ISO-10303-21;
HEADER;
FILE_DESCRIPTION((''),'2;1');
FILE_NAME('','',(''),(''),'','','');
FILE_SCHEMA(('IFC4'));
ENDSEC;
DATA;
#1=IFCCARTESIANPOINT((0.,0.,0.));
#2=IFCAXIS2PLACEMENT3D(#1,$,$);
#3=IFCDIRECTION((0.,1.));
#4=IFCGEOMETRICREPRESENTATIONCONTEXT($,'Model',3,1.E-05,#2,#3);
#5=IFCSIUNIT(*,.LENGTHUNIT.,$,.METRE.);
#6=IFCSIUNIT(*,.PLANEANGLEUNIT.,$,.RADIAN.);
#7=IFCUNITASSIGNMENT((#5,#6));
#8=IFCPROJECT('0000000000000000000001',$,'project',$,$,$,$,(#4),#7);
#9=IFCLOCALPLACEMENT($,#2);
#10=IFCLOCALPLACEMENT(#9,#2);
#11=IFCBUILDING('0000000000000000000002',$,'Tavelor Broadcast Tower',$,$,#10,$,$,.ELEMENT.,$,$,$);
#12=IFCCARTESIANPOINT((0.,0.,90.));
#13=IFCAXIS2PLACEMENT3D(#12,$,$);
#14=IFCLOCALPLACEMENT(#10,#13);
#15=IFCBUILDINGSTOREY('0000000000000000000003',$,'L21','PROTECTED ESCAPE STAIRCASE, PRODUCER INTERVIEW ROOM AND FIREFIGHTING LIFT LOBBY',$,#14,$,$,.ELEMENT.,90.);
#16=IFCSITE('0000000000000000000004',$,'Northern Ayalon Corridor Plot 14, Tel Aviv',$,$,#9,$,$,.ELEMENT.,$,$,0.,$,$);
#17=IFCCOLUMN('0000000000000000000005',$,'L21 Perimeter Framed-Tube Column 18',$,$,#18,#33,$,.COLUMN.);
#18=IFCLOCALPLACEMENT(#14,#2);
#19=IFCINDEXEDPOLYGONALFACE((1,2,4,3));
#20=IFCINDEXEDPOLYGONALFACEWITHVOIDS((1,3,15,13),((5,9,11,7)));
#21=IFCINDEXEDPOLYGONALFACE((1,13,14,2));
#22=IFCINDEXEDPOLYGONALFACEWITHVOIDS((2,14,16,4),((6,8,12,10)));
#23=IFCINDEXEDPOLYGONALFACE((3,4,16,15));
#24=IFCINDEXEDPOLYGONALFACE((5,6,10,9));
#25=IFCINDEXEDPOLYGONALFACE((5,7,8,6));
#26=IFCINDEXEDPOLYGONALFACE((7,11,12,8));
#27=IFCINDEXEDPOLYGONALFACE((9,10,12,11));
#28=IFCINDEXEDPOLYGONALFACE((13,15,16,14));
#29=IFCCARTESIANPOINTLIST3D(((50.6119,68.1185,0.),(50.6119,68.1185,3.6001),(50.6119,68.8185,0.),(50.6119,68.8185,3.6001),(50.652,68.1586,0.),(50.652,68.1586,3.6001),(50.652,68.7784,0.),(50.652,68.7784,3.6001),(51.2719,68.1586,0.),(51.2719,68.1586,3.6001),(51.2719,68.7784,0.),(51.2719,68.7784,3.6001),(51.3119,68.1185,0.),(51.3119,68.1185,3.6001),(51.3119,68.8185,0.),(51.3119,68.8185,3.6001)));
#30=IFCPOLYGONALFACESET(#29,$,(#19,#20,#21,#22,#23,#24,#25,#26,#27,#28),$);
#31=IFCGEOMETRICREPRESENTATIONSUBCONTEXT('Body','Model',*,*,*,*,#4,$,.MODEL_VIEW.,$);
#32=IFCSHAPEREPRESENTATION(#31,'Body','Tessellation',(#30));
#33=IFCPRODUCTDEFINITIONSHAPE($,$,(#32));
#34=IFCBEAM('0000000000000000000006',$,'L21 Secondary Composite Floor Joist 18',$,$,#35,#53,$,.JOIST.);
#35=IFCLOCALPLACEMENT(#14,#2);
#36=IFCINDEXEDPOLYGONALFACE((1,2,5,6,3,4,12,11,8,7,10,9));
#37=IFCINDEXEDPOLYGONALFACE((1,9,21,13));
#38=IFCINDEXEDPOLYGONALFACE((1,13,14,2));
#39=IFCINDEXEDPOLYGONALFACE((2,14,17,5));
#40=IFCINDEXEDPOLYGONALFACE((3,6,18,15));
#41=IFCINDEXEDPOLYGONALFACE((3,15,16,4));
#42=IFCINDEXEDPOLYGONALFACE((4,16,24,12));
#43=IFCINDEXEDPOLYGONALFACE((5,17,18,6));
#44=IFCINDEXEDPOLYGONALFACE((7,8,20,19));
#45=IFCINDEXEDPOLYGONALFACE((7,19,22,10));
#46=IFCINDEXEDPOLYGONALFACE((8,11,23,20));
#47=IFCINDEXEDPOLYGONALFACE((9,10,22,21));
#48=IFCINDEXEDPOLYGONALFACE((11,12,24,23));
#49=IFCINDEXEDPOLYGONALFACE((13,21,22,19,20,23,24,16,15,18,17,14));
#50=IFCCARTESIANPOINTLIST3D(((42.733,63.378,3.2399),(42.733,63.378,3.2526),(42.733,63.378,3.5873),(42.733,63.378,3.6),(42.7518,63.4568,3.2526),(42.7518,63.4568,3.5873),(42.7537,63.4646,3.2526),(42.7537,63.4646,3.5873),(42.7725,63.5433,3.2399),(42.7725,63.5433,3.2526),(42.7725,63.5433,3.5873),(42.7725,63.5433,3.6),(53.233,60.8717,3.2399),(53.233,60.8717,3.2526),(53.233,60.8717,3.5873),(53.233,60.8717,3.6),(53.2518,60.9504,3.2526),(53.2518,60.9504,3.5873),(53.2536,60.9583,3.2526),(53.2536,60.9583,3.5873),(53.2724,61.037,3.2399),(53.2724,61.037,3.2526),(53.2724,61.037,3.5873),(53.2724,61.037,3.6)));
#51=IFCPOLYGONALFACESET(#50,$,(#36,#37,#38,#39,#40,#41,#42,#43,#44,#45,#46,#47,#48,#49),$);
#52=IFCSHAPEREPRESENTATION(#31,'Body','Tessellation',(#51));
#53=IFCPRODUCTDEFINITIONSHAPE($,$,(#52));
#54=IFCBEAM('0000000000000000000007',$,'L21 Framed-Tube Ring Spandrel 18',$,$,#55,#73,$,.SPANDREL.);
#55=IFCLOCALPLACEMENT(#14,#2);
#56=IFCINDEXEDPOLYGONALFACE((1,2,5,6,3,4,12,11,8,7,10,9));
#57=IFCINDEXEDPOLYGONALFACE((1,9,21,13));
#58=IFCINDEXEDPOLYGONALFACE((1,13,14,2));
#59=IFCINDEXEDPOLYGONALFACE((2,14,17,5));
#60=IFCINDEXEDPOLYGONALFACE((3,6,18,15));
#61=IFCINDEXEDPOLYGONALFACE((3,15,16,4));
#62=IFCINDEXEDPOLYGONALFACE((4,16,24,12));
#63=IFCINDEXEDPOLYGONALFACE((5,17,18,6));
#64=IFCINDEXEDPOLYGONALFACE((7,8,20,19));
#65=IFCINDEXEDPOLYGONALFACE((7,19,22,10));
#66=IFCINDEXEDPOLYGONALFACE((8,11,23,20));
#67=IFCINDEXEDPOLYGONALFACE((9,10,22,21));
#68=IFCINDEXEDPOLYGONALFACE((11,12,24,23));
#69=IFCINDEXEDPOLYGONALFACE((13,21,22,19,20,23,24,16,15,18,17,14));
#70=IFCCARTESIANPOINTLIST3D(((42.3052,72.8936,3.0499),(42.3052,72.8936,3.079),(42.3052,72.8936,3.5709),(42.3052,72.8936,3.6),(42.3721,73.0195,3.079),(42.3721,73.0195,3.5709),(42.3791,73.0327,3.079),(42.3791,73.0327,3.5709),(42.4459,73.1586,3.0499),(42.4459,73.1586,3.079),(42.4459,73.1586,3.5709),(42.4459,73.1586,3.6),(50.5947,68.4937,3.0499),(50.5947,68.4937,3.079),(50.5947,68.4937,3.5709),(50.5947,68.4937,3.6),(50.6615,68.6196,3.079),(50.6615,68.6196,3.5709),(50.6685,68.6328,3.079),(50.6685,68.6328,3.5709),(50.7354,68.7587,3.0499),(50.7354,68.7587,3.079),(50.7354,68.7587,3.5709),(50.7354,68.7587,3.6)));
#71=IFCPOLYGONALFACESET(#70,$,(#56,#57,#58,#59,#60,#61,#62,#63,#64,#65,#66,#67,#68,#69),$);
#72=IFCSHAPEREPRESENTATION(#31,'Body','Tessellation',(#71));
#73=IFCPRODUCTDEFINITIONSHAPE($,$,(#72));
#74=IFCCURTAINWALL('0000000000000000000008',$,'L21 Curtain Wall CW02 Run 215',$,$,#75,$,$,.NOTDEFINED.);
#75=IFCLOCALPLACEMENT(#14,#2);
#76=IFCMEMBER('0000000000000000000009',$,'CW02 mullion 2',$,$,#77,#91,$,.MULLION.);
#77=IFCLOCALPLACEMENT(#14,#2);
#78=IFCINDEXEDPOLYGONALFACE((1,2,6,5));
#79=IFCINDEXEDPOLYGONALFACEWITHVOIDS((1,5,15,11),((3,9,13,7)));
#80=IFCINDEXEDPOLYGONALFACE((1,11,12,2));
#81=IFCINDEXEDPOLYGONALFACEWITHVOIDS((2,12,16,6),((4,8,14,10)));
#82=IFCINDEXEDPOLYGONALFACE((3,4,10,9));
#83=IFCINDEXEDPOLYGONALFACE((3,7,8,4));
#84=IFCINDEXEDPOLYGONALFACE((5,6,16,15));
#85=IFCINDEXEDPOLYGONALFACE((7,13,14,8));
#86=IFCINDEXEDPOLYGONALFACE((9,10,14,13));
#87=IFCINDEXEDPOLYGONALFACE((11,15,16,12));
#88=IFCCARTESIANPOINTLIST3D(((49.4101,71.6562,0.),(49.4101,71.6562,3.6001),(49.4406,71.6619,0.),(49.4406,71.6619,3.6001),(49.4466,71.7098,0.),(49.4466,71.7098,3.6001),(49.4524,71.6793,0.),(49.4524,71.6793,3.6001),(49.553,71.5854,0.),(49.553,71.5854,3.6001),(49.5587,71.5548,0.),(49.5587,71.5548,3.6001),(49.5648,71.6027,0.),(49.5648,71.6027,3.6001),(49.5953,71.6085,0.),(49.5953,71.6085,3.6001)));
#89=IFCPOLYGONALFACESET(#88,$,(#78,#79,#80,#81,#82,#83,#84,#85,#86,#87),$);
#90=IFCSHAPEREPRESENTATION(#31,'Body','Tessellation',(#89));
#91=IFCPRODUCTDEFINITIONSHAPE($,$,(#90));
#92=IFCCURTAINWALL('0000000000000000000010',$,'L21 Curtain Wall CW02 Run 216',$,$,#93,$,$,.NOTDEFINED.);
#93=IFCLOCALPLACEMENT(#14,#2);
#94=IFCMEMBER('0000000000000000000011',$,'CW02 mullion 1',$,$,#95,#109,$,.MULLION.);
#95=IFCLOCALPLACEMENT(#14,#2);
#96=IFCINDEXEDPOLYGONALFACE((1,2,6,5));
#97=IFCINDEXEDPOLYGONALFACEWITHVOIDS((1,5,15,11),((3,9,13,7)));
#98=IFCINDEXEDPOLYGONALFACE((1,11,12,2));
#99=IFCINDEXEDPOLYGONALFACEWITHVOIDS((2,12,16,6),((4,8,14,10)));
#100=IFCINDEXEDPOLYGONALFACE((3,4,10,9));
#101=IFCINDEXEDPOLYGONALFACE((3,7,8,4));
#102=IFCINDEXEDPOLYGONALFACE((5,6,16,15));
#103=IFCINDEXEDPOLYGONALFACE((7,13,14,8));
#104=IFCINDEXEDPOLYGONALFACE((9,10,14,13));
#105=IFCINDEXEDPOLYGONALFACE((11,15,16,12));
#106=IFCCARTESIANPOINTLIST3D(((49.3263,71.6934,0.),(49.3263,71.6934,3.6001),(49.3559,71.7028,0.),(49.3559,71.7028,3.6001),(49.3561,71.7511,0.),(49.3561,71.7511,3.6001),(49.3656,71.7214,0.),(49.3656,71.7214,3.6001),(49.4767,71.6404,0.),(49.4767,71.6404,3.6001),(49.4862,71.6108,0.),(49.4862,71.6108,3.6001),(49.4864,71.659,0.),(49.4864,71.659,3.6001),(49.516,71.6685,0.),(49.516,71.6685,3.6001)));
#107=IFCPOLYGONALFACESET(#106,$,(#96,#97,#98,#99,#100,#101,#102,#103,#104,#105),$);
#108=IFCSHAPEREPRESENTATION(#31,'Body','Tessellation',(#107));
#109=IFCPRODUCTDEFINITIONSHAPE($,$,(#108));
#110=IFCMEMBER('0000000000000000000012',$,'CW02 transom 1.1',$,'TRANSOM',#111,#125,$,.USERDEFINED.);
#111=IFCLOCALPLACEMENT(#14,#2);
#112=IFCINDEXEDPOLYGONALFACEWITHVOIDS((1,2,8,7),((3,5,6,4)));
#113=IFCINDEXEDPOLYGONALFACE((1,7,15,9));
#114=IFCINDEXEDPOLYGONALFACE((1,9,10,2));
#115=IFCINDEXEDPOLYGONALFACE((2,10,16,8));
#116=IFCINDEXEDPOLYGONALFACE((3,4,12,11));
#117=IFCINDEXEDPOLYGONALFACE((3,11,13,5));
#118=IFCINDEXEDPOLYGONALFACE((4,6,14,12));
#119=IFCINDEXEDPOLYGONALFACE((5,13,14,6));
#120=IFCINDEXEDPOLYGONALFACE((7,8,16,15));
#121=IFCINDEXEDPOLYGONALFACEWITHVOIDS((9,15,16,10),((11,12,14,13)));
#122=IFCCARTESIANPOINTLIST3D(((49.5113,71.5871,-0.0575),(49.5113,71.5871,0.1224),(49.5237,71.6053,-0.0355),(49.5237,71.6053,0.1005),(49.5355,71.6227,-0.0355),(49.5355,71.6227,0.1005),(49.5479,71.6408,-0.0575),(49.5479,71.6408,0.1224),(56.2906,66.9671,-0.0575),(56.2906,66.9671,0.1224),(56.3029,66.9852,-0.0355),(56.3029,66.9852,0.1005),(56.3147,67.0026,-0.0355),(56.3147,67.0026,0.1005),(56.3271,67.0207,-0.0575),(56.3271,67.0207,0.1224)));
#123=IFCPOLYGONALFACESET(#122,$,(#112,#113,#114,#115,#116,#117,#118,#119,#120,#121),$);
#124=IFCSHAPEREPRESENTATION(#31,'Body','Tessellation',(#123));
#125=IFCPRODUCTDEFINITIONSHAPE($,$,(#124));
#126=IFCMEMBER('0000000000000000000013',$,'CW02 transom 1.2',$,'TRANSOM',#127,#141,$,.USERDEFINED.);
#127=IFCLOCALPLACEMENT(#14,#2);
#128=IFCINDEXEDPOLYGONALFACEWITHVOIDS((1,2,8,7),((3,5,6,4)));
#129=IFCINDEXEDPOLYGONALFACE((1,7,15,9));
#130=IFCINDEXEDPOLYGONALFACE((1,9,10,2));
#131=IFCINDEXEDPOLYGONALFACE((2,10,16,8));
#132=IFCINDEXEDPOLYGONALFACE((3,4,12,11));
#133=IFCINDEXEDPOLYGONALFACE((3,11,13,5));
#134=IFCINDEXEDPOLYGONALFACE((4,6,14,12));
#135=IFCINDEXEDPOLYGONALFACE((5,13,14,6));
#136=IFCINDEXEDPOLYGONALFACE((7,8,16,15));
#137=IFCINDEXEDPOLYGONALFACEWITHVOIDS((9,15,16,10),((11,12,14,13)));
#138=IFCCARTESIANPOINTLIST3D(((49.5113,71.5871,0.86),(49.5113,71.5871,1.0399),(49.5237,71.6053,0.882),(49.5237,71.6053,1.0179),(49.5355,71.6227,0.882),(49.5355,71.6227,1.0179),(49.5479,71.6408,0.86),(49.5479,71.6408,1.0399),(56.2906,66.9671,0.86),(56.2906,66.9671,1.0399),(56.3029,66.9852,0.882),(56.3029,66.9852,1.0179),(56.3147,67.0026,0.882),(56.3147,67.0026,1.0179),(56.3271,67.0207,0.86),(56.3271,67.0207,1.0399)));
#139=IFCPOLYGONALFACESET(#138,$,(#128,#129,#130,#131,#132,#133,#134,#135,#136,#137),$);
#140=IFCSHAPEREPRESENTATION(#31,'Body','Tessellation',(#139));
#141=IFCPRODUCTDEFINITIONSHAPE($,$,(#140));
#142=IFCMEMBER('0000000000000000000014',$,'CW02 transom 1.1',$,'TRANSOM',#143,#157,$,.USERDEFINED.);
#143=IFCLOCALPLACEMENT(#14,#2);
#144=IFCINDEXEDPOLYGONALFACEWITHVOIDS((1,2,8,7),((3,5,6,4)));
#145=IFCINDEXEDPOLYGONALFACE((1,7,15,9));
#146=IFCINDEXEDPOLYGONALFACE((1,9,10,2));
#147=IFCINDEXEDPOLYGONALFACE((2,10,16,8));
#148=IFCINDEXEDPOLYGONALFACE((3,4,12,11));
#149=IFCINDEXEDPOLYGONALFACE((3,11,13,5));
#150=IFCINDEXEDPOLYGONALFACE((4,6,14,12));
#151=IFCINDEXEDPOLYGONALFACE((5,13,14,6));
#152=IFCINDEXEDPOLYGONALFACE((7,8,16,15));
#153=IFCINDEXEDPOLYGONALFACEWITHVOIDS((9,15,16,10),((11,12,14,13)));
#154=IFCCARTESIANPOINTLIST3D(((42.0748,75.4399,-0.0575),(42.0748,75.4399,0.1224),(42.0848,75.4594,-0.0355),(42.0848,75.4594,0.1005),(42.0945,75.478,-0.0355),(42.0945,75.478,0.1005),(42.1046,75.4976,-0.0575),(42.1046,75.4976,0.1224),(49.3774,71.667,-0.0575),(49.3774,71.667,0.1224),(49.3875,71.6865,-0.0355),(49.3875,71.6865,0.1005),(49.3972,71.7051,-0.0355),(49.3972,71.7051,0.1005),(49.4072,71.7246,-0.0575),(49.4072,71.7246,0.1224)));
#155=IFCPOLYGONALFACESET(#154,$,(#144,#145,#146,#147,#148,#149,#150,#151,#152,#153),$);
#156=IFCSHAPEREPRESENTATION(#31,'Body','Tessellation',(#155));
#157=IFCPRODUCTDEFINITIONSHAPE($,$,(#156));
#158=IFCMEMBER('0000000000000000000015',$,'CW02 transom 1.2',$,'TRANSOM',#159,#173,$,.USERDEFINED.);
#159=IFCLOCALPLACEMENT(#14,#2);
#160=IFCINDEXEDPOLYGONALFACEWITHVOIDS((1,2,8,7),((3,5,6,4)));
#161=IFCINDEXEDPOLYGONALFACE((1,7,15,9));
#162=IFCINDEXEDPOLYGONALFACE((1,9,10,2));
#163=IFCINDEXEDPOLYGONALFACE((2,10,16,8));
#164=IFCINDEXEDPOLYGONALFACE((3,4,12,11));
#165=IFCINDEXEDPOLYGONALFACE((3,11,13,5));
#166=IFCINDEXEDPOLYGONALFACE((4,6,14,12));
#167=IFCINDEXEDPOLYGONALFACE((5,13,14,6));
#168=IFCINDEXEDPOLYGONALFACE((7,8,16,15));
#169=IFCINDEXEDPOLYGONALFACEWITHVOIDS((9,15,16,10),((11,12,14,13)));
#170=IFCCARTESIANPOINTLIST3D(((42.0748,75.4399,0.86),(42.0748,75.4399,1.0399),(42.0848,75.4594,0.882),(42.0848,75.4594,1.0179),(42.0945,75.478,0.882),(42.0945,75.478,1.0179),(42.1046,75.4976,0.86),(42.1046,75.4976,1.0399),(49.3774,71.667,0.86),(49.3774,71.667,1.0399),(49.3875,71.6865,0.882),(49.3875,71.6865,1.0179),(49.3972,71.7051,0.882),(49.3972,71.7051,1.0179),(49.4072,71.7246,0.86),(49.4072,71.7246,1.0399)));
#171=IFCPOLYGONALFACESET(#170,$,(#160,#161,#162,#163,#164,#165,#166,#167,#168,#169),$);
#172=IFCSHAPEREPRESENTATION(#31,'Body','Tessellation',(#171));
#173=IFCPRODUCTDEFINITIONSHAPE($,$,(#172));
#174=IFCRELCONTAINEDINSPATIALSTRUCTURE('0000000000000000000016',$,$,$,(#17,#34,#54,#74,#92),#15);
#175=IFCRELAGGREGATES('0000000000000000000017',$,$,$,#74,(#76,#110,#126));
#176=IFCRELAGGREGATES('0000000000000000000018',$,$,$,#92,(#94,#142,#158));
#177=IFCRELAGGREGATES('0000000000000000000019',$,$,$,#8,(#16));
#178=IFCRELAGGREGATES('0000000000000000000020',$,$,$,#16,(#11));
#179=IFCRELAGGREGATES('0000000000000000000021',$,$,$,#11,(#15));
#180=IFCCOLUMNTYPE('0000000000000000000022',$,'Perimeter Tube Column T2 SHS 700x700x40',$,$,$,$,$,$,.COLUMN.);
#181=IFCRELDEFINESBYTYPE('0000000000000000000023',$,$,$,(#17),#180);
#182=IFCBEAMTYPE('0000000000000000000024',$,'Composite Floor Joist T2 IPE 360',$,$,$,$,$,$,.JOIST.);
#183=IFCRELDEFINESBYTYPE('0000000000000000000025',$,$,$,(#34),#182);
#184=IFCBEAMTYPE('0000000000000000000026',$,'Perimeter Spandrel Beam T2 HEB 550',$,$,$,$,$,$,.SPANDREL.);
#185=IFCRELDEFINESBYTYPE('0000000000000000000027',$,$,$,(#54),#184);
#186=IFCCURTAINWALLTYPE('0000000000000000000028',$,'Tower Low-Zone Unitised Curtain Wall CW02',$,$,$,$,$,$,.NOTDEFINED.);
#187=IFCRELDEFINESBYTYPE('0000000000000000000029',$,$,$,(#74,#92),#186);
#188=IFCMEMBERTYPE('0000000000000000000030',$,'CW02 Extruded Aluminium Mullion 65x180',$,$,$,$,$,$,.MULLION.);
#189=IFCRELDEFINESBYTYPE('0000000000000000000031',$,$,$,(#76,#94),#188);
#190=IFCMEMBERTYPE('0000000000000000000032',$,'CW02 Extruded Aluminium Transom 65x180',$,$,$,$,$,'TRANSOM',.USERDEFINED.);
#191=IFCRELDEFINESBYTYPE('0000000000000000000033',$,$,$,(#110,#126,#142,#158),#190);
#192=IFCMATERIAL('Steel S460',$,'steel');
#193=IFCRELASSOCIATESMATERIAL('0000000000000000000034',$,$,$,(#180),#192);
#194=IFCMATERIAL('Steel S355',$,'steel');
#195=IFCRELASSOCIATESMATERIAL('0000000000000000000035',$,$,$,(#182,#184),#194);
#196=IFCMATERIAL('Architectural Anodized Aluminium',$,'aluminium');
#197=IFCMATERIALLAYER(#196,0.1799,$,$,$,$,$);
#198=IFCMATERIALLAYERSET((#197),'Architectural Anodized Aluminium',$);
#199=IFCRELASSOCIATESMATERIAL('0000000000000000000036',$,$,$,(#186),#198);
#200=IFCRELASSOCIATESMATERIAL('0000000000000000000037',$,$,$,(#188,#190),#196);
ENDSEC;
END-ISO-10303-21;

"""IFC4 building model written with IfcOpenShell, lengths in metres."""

from ifc_helpers import new_model, si_unit, direction, frame, origin, origin_2d, place, context, subcontext, project, spatial, hollow_rectangle, i_section, extrude, source, transform, mapped, material, layer, layer_set, material_profile, profile_set, type_object, type_shapes, element, aggregate, save


model = new_model("IFC4")

# Units and contexts
model_context = context("Model", 3, precision=1e-05, world=origin(), true_north=direction((0.0, 1.0)))
body_context = subcontext(model_context, "Body", "Model", "MODEL_VIEW")
ifc_project = project(units=[si_unit("LENGTHUNIT", "METRE"), si_unit("PLANEANGLEUNIT", "RADIAN")], contexts=[model_context])

# Site, building, storey
site_placement = place(None, origin())
site = spatial("IfcSite", under=ifc_project, at=site_placement, Name="Northern Ayalon Corridor Plot 14, Tel Aviv", CompositionType="ELEMENT", RefElevation=0.0)
building_placement = place(site_placement, origin())
building = spatial("IfcBuilding", under=site, at=building_placement, Name="Tavelor Broadcast Tower", CompositionType="ELEMENT")
storey_placement = place(building_placement, frame((0.0, 0.0, 90.0)))
storey = spatial("IfcBuildingStorey", under=building, at=storey_placement, Name="L21", Description="PROTECTED ESCAPE STAIRCASE, PRODUCER INTERVIEW ROOM AND FIREFIGHTING LIFT LOBBY", CompositionType="ELEMENT", Elevation=90.0)

# Column
ifc_material_1 = material(Name="Steel S460", Category="steel")
ifc_material_profile_1 = material_profile(ifc_material_1, hollow_rectangle(XDim=0.7, YDim=0.7, WallThickness=0.04, at=origin_2d()), Name="SHS 700x700x40")
ifc_profile_set_1 = profile_set([ifc_material_profile_1], Name="Steel S460")
column_type = type_object("IfcColumnType", Name="Perimeter Tube Column T2 SHS 700x700x40", PredefinedType="COLUMN", material=ifc_profile_set_1)
column_placement = place(storey_placement, frame((50.9619, 68.4685, 0.0), z_axis=(0.0, 0.0, 1.0), x_axis=(1.0, 0.0, 0.0)))
element("IfcColumn", 1, at=column_placement, inside=storey, type_object=column_type, Name="L21 Perimeter Framed-Tube Column 18", PredefinedType="COLUMN", context=body_context, shape_type="SweptSolid", body=[
    extrude(hollow_rectangle(XDim=0.7, YDim=0.7, WallThickness=0.04, at=origin_2d()), origin(), (0.0, 0.0, 1.0), 3.6001),
])

# Beams
ifc_material_2 = material(Name="Steel S355", Category="steel")
ifc_material_profile_2 = material_profile(ifc_material_2, i_section(OverallWidth=0.1699, OverallDepth=0.3601, WebThickness=0.0081, FlangeThickness=0.0127, at=origin_2d()), Name="IPE 360")
ifc_profile_set_2 = profile_set([ifc_material_profile_2], Name="Steel S355")
beam_type_1 = type_object("IfcBeamType", Name="Composite Floor Joist T2 IPE 360", PredefinedType="JOIST", material=ifc_profile_set_2)
beam_1_placement = place(storey_placement, frame((53.2527, 60.9543, 3.4199), z_axis=(-0.972674, 0.232177, 0.0), x_axis=(-0.232177, -0.972674, 0.0)))
element("IfcBeam", 2, at=beam_1_placement, inside=storey, type_object=beam_type_1, Name="L21 Secondary Composite Floor Joist 18", PredefinedType="JOIST", context=body_context, shape_type="SweptSolid", body=[
    extrude(i_section(OverallWidth=0.1699, OverallDepth=0.3601, WebThickness=0.0081, FlangeThickness=0.0127, at=origin_2d()), origin(), (0.0, 0.0, 1.0), 10.7949),
])
ifc_material_profile_3 = material_profile(ifc_material_2, i_section(OverallWidth=0.3, OverallDepth=0.55, WebThickness=0.0149, FlangeThickness=0.0291, at=origin_2d()), Name="HEB 550")
ifc_profile_set_3 = profile_set([ifc_material_profile_3], Name="Steel S355")
beam_type_2 = type_object("IfcBeamType", Name="Perimeter Spandrel Beam T2 HEB 550", PredefinedType="SPANDREL", material=ifc_profile_set_3)
beam_2_placement = place(storey_placement, frame((50.665, 68.6262, 3.325), z_axis=(-0.883289, 0.468829, 0.0), x_axis=(-0.468829, -0.883289, 0.0)))
element("IfcBeam", 3, at=beam_2_placement, inside=storey, type_object=beam_type_2, Name="L21 Framed-Tube Ring Spandrel 18", PredefinedType="SPANDREL", context=body_context, shape_type="SweptSolid", body=[
    extrude(i_section(OverallWidth=0.3, OverallDepth=0.55, WebThickness=0.0149, FlangeThickness=0.0291, at=origin_2d()), origin(), (0.0, 0.0, 1.0), 9.3848),
])

# Curtain walls, members
ifc_material_3 = material(Name="Architectural Anodized Aluminium", Category="aluminium")
ifc_layer_1 = layer(ifc_material_3, 0.1799)
ifc_layer_set_1 = layer_set([ifc_layer_1], Name="Architectural Anodized Aluminium")
curtain_wall_type = type_object("IfcCurtainWallType", Name="Tower Low-Zone Unitised Curtain Wall CW02", PredefinedType="NOTDEFINED", material=ifc_layer_set_1)
curtain_wall_1_placement = place(storey_placement, origin())
curtain_wall_1 = element("IfcCurtainWall", 4, at=curtain_wall_1_placement, inside=storey, type_object=curtain_wall_type, Name="L21 Curtain Wall CW02 Run 215", PredefinedType="NOTDEFINED")
ifc_material_profile_4 = material_profile(ifc_material_3, hollow_rectangle(XDim=0.0649, YDim=0.1799, WallThickness=0.022, at=origin_2d()), Name="RHS 65x180x22")
ifc_profile_set_4 = profile_set([ifc_material_profile_4], Name="Architectural Anodized Aluminium")
member_type_1 = type_object("IfcMemberType", Name="CW02 Extruded Aluminium Mullion 65x180", PredefinedType="MULLION", material=ifc_profile_set_4)
shared_shape_1 = source(origin(), body_context, "Body", "SweptSolid", [
    extrude(hollow_rectangle(XDim=0.0649, YDim=0.1799, WallThickness=0.022, at=origin_2d()), origin(), (0.0, 0.0, 1.0), 3.6001),
])
type_shapes(member_type_1, [shared_shape_1])
member_1_placement = place(storey_placement, frame((49.5027, 71.6323, 0.0), z_axis=(0.0, 0.0, 1.0), x_axis=(-0.563167, -0.826343, 0.0)))
member_1 = element("IfcMember", 5, at=member_1_placement, type_object=member_type_1, Name="CW02 mullion 2", PredefinedType="MULLION", context=body_context, shape_type="MappedRepresentation", body=[
    mapped(shared_shape_1, transform((0.0, 0.0, 0.0), scale=1.0)),
])
curtain_wall_2_placement = place(storey_placement, origin())
curtain_wall_2 = element("IfcCurtainWall", 6, at=curtain_wall_2_placement, inside=storey, type_object=curtain_wall_type, Name="L21 Curtain Wall CW02 Run 216", PredefinedType="NOTDEFINED")
member_2_placement = place(storey_placement, frame((49.4211, 71.6809, 0.0), z_axis=(0.0, 0.0, 1.0), x_axis=(-0.459012, -0.88843, 0.0)))
member_2 = element("IfcMember", 7, at=member_2_placement, type_object=member_type_1, Name="CW02 mullion 1", PredefinedType="MULLION", context=body_context, shape_type="MappedRepresentation", body=[
    mapped(shared_shape_1, transform((0.0, 0.0, 0.0), scale=1.0)),
])

# Members
ifc_material_profile_5 = material_profile(ifc_material_3, hollow_rectangle(XDim=0.0649, YDim=0.1799, WallThickness=0.022, at=origin_2d()), Name="RHS 65x180x22")
ifc_profile_set_5 = profile_set([ifc_material_profile_5], Name="Architectural Anodized Aluminium")
member_type_2 = type_object("IfcMemberType", Name="CW02 Extruded Aluminium Transom 65x180", ElementType="TRANSOM", PredefinedType="USERDEFINED", material=ifc_profile_set_5)
shared_shape_2 = source(origin(), body_context, "Body", "SweptSolid", [
    extrude(hollow_rectangle(XDim=0.0649, YDim=0.1799, WallThickness=0.022, at=origin_2d()), origin(), (0.0, 0.0, 1.0), 8.2039),
])
member_3_placement = place(storey_placement, frame((56.3088, 66.9939, 0.0325), z_axis=(-0.826348, 0.56316, 0.0), x_axis=(-0.56316, -0.826348, 0.0)))
member_3 = element("IfcMember", 8, at=member_3_placement, type_object=member_type_2, Name="CW02 transom 1.1", ObjectType="TRANSOM", PredefinedType="USERDEFINED", context=body_context, shape_type="MappedRepresentation", body=[
    mapped(shared_shape_2, transform((0.0, 0.0, 0.0), scale=1.0)),
])
member_4_placement = place(storey_placement, frame((56.3088, 66.9939, 0.95), z_axis=(-0.826348, 0.56316, 0.0), x_axis=(-0.56316, -0.826348, 0.0)))
member_4 = element("IfcMember", 9, at=member_4_placement, type_object=member_type_2, Name="CW02 transom 1.2", ObjectType="TRANSOM", PredefinedType="USERDEFINED", context=body_context, shape_type="MappedRepresentation", body=[
    mapped(shared_shape_2, transform((0.0, 0.0, 0.0), scale=1.0)),
])
shared_shape_3 = source(origin(), body_context, "Body", "SweptSolid", [
    extrude(hollow_rectangle(XDim=0.0649, YDim=0.1799, WallThickness=0.022, at=origin_2d()), origin(), (0.0, 0.0, 1.0), 8.2197),
])
type_shapes(member_type_2, [shared_shape_2, shared_shape_3])
member_5_placement = place(storey_placement, frame((49.3923, 71.6958, 0.0325), z_axis=(-0.888432, 0.459008, 0.0), x_axis=(-0.459008, -0.888432, 0.0)))
member_5 = element("IfcMember", 10, at=member_5_placement, type_object=member_type_2, Name="CW02 transom 1.1", ObjectType="TRANSOM", PredefinedType="USERDEFINED", context=body_context, shape_type="MappedRepresentation", body=[
    mapped(shared_shape_3, transform((0.0, 0.0, 0.0), scale=1.0)),
])
member_6_placement = place(storey_placement, frame((49.3923, 71.6958, 0.95), z_axis=(-0.888432, 0.459008, 0.0), x_axis=(-0.459008, -0.888432, 0.0)))
member_6 = element("IfcMember", 11, at=member_6_placement, type_object=member_type_2, Name="CW02 transom 1.2", ObjectType="TRANSOM", PredefinedType="USERDEFINED", context=body_context, shape_type="MappedRepresentation", body=[
    mapped(shared_shape_3, transform((0.0, 0.0, 0.0), scale=1.0)),
])

aggregate(curtain_wall_1, [member_1, member_3, member_4])
aggregate(curtain_wall_2, [member_2, member_5, member_6])

save(model, "model.ifc")
